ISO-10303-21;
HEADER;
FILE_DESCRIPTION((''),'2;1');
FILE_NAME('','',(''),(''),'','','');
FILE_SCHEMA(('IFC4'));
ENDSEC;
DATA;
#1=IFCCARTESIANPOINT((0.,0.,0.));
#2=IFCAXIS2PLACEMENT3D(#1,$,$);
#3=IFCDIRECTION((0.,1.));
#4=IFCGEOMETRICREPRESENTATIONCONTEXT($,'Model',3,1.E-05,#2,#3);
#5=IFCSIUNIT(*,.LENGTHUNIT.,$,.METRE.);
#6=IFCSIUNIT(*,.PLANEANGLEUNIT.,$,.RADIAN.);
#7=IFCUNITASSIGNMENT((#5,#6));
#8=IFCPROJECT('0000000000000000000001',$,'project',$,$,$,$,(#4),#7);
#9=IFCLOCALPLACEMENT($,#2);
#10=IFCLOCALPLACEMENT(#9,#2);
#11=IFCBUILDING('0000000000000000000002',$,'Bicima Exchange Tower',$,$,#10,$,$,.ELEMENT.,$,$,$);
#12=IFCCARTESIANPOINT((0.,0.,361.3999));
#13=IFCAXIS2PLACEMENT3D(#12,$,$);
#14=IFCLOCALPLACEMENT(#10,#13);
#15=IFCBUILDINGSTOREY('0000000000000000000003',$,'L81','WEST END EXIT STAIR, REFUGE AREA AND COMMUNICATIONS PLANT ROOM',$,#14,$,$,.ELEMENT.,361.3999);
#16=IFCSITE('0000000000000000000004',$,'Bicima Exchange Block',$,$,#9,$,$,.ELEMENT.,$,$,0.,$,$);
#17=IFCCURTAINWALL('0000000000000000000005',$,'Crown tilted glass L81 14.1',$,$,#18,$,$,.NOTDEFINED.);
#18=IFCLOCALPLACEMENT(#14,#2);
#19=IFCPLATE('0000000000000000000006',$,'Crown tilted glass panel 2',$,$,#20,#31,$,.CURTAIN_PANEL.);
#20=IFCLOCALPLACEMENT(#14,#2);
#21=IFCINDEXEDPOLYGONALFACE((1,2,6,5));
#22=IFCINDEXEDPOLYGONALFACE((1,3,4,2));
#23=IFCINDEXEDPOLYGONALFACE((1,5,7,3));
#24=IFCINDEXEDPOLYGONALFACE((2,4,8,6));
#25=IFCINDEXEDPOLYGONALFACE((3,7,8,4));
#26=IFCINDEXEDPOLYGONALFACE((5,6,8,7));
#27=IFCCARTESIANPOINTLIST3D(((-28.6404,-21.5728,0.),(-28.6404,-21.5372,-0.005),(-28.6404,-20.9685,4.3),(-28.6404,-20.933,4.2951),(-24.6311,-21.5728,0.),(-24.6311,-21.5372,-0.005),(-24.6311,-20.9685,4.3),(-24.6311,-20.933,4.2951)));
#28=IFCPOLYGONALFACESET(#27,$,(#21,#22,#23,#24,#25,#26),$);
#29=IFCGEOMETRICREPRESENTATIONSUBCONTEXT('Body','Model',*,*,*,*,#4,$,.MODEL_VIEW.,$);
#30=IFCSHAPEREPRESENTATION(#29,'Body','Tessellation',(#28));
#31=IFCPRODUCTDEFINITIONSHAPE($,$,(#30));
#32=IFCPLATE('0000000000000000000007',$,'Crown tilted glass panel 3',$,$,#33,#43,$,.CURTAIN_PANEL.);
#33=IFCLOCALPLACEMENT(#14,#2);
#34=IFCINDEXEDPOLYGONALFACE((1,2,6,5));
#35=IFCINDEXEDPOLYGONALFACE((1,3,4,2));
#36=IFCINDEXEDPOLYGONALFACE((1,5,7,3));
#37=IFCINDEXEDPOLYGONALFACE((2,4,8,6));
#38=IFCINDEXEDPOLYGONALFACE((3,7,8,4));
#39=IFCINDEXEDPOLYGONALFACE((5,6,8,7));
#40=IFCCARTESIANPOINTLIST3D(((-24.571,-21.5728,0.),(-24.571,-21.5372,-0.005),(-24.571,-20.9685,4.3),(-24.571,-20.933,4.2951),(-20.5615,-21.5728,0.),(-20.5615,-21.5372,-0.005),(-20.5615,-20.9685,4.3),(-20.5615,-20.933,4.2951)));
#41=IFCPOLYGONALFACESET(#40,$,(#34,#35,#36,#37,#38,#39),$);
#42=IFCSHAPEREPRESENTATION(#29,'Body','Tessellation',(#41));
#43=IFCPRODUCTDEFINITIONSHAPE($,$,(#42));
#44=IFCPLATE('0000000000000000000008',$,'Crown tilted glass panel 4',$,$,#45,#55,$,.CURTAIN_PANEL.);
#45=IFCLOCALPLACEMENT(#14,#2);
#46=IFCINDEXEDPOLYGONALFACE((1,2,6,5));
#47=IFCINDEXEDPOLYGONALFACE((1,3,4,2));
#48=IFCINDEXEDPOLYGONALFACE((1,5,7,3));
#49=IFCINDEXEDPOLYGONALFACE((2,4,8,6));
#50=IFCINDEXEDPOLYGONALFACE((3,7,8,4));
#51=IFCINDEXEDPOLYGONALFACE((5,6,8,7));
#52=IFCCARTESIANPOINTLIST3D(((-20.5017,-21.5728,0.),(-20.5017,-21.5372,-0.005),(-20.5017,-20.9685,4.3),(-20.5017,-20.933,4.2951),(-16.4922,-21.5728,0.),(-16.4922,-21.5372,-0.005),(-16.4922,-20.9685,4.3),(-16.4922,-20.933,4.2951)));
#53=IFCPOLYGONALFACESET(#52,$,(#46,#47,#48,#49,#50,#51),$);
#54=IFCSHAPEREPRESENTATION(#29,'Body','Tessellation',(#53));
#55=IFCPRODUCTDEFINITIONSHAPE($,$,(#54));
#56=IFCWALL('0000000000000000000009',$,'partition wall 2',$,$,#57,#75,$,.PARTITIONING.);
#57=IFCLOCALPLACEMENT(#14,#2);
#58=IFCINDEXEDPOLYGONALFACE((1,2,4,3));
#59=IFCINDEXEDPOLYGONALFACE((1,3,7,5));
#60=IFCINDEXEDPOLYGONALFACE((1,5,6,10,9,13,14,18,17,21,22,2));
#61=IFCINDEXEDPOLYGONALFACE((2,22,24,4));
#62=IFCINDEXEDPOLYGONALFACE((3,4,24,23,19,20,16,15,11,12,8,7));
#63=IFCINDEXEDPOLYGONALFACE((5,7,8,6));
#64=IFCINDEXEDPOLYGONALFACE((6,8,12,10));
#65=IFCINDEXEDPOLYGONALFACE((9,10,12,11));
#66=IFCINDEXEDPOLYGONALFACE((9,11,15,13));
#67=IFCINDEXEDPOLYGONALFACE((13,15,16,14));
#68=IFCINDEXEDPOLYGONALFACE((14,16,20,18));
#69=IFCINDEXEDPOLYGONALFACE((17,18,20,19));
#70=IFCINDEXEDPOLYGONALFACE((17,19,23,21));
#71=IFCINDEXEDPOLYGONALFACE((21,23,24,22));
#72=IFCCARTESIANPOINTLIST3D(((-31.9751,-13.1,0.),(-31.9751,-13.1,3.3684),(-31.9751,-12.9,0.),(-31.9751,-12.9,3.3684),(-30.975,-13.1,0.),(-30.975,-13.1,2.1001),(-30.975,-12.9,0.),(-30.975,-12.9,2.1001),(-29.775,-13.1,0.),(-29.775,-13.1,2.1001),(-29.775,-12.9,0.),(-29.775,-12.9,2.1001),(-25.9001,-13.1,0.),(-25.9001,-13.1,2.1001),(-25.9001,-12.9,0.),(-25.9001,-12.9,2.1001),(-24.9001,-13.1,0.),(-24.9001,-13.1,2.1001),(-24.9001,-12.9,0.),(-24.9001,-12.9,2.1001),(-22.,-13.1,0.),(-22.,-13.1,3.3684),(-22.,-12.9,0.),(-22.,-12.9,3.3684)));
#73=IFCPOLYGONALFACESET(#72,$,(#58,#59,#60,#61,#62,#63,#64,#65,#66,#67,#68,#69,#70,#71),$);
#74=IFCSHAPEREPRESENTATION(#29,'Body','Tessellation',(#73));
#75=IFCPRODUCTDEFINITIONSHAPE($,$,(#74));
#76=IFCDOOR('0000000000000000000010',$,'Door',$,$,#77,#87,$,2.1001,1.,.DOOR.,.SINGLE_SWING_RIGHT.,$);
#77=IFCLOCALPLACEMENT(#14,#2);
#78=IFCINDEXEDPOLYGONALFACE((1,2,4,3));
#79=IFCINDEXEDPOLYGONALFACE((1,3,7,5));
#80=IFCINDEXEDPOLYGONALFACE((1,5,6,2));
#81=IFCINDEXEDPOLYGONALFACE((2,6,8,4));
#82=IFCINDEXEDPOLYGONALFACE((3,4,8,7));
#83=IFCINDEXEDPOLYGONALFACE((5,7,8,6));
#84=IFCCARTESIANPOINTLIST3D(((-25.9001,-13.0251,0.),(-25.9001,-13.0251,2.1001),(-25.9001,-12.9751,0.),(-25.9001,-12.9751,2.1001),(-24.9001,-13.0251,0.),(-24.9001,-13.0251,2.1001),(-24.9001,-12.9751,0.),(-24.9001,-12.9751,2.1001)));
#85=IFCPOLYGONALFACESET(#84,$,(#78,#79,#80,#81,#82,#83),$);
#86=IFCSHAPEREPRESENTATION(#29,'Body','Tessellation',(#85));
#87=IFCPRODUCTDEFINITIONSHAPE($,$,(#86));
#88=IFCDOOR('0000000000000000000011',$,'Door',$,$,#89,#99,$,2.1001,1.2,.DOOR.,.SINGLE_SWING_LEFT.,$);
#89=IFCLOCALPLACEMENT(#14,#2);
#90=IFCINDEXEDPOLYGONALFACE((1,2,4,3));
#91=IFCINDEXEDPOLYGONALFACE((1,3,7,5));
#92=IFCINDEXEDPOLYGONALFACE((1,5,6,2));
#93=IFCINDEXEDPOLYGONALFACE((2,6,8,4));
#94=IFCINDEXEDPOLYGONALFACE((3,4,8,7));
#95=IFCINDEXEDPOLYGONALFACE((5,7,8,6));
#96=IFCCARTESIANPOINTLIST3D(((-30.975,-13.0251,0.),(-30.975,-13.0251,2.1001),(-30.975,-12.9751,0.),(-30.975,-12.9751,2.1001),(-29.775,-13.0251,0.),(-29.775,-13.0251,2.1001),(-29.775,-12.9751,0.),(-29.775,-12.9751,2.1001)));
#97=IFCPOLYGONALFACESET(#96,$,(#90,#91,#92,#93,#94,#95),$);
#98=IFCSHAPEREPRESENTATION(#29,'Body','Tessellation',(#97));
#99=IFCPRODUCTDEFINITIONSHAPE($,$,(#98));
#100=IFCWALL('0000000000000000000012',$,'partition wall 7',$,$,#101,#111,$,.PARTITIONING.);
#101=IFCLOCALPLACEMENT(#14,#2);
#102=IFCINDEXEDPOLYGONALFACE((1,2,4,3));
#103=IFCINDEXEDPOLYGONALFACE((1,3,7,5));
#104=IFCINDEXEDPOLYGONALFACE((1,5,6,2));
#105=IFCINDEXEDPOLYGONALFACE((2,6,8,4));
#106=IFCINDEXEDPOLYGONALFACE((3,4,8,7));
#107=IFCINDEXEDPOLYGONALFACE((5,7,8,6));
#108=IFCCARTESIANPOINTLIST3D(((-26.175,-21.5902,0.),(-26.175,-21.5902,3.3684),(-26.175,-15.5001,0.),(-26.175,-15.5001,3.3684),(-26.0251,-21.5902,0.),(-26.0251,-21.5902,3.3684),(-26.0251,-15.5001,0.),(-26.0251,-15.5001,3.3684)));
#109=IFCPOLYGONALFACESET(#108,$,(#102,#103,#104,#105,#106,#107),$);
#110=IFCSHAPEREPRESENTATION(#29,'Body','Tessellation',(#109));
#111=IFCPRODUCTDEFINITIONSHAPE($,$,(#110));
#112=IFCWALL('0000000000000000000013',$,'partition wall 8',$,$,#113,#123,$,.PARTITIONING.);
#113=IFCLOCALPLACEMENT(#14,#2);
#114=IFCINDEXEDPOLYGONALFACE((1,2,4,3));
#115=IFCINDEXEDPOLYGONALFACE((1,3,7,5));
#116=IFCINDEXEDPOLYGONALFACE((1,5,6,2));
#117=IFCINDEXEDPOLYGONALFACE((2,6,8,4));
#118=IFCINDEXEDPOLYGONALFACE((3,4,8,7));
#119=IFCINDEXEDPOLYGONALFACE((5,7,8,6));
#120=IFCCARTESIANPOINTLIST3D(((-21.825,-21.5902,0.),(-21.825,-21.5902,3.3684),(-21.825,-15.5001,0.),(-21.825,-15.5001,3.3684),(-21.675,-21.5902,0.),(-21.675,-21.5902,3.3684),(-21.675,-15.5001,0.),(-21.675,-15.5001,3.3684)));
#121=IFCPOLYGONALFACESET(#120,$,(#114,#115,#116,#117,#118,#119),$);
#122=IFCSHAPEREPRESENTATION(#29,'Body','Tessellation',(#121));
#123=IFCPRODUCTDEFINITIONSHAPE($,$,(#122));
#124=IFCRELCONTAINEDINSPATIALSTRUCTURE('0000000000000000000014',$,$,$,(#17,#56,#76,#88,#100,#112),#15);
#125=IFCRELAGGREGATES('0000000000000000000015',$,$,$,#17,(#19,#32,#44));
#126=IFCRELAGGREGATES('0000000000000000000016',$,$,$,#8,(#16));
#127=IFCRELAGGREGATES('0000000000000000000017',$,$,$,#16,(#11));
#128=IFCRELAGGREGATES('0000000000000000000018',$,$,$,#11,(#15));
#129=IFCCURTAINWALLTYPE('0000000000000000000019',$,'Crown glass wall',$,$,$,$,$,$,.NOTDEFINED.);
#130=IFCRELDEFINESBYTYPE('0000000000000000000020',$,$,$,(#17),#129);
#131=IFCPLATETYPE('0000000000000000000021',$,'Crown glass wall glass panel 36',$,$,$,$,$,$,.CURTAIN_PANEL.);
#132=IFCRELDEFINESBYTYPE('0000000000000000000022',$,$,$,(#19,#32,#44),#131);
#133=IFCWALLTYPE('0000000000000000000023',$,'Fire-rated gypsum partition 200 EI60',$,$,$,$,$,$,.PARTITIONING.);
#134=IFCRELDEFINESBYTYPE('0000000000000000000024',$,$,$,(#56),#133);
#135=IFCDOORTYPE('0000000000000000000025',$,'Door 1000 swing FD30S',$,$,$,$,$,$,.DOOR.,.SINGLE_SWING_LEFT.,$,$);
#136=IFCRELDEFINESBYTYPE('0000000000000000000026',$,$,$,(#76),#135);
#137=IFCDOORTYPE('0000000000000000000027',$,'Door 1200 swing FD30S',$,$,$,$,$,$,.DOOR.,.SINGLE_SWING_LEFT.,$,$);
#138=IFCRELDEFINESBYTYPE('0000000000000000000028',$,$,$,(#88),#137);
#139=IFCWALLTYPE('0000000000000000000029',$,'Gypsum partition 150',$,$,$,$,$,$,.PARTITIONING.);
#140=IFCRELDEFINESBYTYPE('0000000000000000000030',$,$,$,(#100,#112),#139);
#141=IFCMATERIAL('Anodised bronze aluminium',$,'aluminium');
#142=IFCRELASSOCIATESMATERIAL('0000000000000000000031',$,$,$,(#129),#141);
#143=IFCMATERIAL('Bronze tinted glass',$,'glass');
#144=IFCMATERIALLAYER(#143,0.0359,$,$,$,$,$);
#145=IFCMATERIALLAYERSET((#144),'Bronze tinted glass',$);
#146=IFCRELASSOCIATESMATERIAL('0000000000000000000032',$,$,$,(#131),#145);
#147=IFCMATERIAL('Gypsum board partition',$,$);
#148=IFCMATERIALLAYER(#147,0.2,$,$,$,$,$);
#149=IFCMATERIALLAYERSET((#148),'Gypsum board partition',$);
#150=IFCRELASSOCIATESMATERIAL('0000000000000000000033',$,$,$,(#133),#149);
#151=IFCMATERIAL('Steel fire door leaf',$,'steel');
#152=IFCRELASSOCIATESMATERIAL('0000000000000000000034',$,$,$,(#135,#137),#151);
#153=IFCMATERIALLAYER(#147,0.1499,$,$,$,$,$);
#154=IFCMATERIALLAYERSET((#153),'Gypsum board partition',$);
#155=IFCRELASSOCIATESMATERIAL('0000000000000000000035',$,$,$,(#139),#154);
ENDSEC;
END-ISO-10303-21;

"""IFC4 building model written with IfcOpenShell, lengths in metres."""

from ifc_helpers import new_model, si_unit, direction, frame, frame_2d, origin, place, context, subcontext, project, spatial, polyline, rectangle, outline, extrude, material, layer, layer_set, type_object, element, fill, aggregate, save


model = new_model("IFC4")

# Units and contexts
model_context = context("Model", 3, precision=1e-05, world=origin(), true_north=direction((0.0, 1.0)))
body_context = subcontext(model_context, "Body", "Model", "MODEL_VIEW")
ifc_project = project(units=[si_unit("LENGTHUNIT", "METRE"), si_unit("PLANEANGLEUNIT", "RADIAN")], contexts=[model_context])

# Site, building, storey
site_placement = place(None, origin())
site = spatial("IfcSite", under=ifc_project, at=site_placement, Name="Bicima Exchange Block", CompositionType="ELEMENT", RefElevation=0.0)
building_placement = place(site_placement, origin())
building = spatial("IfcBuilding", under=site, at=building_placement, Name="Bicima Exchange Tower", CompositionType="ELEMENT")
storey_placement = place(building_placement, frame((0.0, 0.0, 361.3999)))
storey = spatial("IfcBuildingStorey", under=building, at=storey_placement, Name="L81", Description="WEST END EXIT STAIR, REFUGE AREA AND COMMUNICATIONS PLANT ROOM", CompositionType="ELEMENT", Elevation=361.3999)

# Curtain wall
ifc_material_1 = material(Name="Anodised bronze aluminium", Category="aluminium")
curtain_wall_type = type_object("IfcCurtainWallType", Name="Crown glass wall", PredefinedType="NOTDEFINED", material=ifc_material_1)
curtain_wall_placement = place(storey_placement, origin())
curtain_wall = element("IfcCurtainWall", 1, at=curtain_wall_placement, inside=storey, type_object=curtain_wall_type, Name="Crown tilted glass L81 14.1", PredefinedType="NOTDEFINED")

# Plates
ifc_material_2 = material(Name="Bronze tinted glass", Category="glass")
ifc_layer_1 = layer(ifc_material_2, 0.0359)
ifc_layer_set_1 = layer_set([ifc_layer_1], Name="Bronze tinted glass")
plate_type = type_object("IfcPlateType", Name="Crown glass wall glass panel 36", PredefinedType="CURTAIN_PANEL", material=ifc_layer_set_1)
plate_1_placement = place(storey_placement, frame((-28.6404, -21.5728, 0.0), z_axis=(0.0, -0.990271, 0.139154), x_axis=(1.0, 0.0, 0.0)))
plate_1 = element("IfcPlate", 2, at=plate_1_placement, type_object=plate_type, Name="Crown tilted glass panel 2", PredefinedType="CURTAIN_PANEL", context=body_context, shape_type="SweptSolid", body=[
    extrude(outline(polyline([(0.0, 0.0), (4.0093, 0.0), (4.0093, 4.3423), (0.0, 4.3423), (0.0, 0.0)])), origin(), (0.0, 0.0, -1.0), 0.0359),
])
plate_2_placement = place(storey_placement, frame((-24.571, -21.5728, 0.0), z_axis=(0.0, -0.990271, 0.139154), x_axis=(1.0, 0.0, 0.0)))
plate_2 = element("IfcPlate", 3, at=plate_2_placement, type_object=plate_type, Name="Crown tilted glass panel 3", PredefinedType="CURTAIN_PANEL", context=body_context, shape_type="SweptSolid", body=[
    extrude(outline(polyline([(0.0, 0.0), (4.0095, 0.0), (4.0095, 4.3423), (0.0, 4.3423), (0.0, 0.0)])), origin(), (0.0, 0.0, -1.0), 0.0359),
])
plate_3_placement = place(storey_placement, frame((-20.5017, -21.5728, 0.0), z_axis=(0.0, -0.990271, 0.139154), x_axis=(1.0, 0.0, 0.0)))
plate_3 = element("IfcPlate", 4, at=plate_3_placement, type_object=plate_type, Name="Crown tilted glass panel 4", PredefinedType="CURTAIN_PANEL", context=body_context, shape_type="SweptSolid", body=[
    extrude(outline(polyline([(0.0, 0.0), (4.0095, 0.0), (4.0095, 4.3423), (0.0, 4.3423), (0.0, 0.0)])), origin(), (0.0, 0.0, -1.0), 0.0359),
])
aggregate(curtain_wall, [plate_1, plate_2, plate_3])

# Wall, openings, doors
ifc_material_3 = material(Name="Gypsum board partition")
ifc_layer_2 = layer(ifc_material_3, 0.2)
ifc_layer_set_2 = layer_set([ifc_layer_2], Name="Gypsum board partition")
wall_type_1 = type_object("IfcWallType", Name="Fire-rated gypsum partition 200 EI60", PredefinedType="PARTITIONING", material=ifc_layer_set_2)
wall_1_placement = place(storey_placement, frame((-31.9751, -13.0, 0.0), z_axis=(0.0, 0.0, 1.0), x_axis=(1.0, 0.0, 0.0)))
wall_1 = element("IfcWall", 5, at=wall_1_placement, inside=storey, type_object=wall_type_1, Name="partition wall 2", PredefinedType="PARTITIONING", context=body_context, shape_type="SweptSolid", body=[
    extrude(rectangle(XDim=9.9751, YDim=0.2, at=frame_2d((4.9875, 0.0))), origin(), (0.0, 0.0, 1.0), 3.3684),
])
opening_1_placement = place(wall_1_placement, frame((1.0, 0.0, 0.0)))
opening_1 = element("IfcOpeningElement", 6, at=opening_1_placement, cuts=wall_1, PredefinedType="OPENING", context=body_context, shape_type="SweptSolid", body=[
    extrude(rectangle(XDim=1.2, YDim=2.1001, at=frame_2d((0.6001, 1.05))), frame((0.0, 0.1118, 0.0), z_axis=(0.0, -1.0, 0.0), x_axis=(1.0, 0.0, 0.0)), (0.0, 0.0, 1.0), 0.2239),
])
opening_2_placement = place(wall_1_placement, frame((6.075, 0.0, 0.0)))
opening_2 = element("IfcOpeningElement", 7, at=opening_2_placement, cuts=wall_1, PredefinedType="OPENING", context=body_context, shape_type="SweptSolid", body=[
    extrude(rectangle(XDim=1.0, YDim=2.1001, at=frame_2d((0.5, 1.05))), frame((0.0, 0.1118, 0.0), z_axis=(0.0, -1.0, 0.0), x_axis=(1.0, 0.0, 0.0)), (0.0, 0.0, 1.0), 0.2239),
])
ifc_material_4 = material(Name="Steel fire door leaf", Category="steel")
door_type_1 = type_object("IfcDoorType", Name="Door 1000 swing FD30S", OperationType="SINGLE_SWING_LEFT", PredefinedType="DOOR", material=ifc_material_4)
door_1_placement = place(opening_2_placement, origin())
door_1 = element("IfcDoor", 8, at=door_1_placement, inside=storey, type_object=door_type_1, Name="Door", OperationType="SINGLE_SWING_RIGHT", OverallHeight=2.1001, OverallWidth=1.0, PredefinedType="DOOR", context=body_context, shape_type="SweptSolid", body=[
    extrude(rectangle(XDim=1.0, YDim=2.1001, at=frame_2d((0.5, 1.05))), frame((0.0, 0.0249, 0.0), z_axis=(0.0, -1.0, 0.0), x_axis=(1.0, 0.0, 0.0)), (0.0, 0.0, 1.0), 0.05),
])
fill(opening_2, door_1)
door_type_2 = type_object("IfcDoorType", Name="Door 1200 swing FD30S", OperationType="SINGLE_SWING_LEFT", PredefinedType="DOOR", material=ifc_material_4)
door_2_placement = place(opening_1_placement, origin())
door_2 = element("IfcDoor", 9, at=door_2_placement, inside=storey, type_object=door_type_2, Name="Door", OperationType="SINGLE_SWING_LEFT", OverallHeight=2.1001, OverallWidth=1.2, PredefinedType="DOOR", context=body_context, shape_type="SweptSolid", body=[
    extrude(rectangle(XDim=1.2, YDim=2.1001, at=frame_2d((0.6001, 1.05))), frame((0.0, 0.0249, 0.0), z_axis=(0.0, -1.0, 0.0), x_axis=(1.0, 0.0, 0.0)), (0.0, 0.0, 1.0), 0.05),
])
fill(opening_1, door_2)

# Walls
ifc_layer_3 = layer(ifc_material_3, 0.1499)
ifc_layer_set_3 = layer_set([ifc_layer_3], Name="Gypsum board partition")
wall_type_2 = type_object("IfcWallType", Name="Gypsum partition 150", PredefinedType="PARTITIONING", material=ifc_layer_set_3)
for number, where, z_axis, x_axis, name in (
    (10, (-26.1001, -21.5901, 0.0), (0.0, 0.0, 1.0), (0.0, 1.0, 0.0), "partition wall 7"),
    (11, (-21.75, -21.5901, 0.0), (0.0, 0.0, 1.0), (0.0, 1.0, 0.0), "partition wall 8"),
):
    element("IfcWall", number, at=place(storey_placement, frame(where, z_axis=z_axis, x_axis=x_axis)), inside=storey, type_object=wall_type_2, Name=name, PredefinedType="PARTITIONING", context=body_context, shape_type="SweptSolid", body=[
        extrude(rectangle(XDim=6.0901, YDim=0.1499, at=frame_2d((3.0449, 0.0))), origin(), (0.0, 0.0, 1.0), 3.3684),
    ])

save(model, "model.ifc")
